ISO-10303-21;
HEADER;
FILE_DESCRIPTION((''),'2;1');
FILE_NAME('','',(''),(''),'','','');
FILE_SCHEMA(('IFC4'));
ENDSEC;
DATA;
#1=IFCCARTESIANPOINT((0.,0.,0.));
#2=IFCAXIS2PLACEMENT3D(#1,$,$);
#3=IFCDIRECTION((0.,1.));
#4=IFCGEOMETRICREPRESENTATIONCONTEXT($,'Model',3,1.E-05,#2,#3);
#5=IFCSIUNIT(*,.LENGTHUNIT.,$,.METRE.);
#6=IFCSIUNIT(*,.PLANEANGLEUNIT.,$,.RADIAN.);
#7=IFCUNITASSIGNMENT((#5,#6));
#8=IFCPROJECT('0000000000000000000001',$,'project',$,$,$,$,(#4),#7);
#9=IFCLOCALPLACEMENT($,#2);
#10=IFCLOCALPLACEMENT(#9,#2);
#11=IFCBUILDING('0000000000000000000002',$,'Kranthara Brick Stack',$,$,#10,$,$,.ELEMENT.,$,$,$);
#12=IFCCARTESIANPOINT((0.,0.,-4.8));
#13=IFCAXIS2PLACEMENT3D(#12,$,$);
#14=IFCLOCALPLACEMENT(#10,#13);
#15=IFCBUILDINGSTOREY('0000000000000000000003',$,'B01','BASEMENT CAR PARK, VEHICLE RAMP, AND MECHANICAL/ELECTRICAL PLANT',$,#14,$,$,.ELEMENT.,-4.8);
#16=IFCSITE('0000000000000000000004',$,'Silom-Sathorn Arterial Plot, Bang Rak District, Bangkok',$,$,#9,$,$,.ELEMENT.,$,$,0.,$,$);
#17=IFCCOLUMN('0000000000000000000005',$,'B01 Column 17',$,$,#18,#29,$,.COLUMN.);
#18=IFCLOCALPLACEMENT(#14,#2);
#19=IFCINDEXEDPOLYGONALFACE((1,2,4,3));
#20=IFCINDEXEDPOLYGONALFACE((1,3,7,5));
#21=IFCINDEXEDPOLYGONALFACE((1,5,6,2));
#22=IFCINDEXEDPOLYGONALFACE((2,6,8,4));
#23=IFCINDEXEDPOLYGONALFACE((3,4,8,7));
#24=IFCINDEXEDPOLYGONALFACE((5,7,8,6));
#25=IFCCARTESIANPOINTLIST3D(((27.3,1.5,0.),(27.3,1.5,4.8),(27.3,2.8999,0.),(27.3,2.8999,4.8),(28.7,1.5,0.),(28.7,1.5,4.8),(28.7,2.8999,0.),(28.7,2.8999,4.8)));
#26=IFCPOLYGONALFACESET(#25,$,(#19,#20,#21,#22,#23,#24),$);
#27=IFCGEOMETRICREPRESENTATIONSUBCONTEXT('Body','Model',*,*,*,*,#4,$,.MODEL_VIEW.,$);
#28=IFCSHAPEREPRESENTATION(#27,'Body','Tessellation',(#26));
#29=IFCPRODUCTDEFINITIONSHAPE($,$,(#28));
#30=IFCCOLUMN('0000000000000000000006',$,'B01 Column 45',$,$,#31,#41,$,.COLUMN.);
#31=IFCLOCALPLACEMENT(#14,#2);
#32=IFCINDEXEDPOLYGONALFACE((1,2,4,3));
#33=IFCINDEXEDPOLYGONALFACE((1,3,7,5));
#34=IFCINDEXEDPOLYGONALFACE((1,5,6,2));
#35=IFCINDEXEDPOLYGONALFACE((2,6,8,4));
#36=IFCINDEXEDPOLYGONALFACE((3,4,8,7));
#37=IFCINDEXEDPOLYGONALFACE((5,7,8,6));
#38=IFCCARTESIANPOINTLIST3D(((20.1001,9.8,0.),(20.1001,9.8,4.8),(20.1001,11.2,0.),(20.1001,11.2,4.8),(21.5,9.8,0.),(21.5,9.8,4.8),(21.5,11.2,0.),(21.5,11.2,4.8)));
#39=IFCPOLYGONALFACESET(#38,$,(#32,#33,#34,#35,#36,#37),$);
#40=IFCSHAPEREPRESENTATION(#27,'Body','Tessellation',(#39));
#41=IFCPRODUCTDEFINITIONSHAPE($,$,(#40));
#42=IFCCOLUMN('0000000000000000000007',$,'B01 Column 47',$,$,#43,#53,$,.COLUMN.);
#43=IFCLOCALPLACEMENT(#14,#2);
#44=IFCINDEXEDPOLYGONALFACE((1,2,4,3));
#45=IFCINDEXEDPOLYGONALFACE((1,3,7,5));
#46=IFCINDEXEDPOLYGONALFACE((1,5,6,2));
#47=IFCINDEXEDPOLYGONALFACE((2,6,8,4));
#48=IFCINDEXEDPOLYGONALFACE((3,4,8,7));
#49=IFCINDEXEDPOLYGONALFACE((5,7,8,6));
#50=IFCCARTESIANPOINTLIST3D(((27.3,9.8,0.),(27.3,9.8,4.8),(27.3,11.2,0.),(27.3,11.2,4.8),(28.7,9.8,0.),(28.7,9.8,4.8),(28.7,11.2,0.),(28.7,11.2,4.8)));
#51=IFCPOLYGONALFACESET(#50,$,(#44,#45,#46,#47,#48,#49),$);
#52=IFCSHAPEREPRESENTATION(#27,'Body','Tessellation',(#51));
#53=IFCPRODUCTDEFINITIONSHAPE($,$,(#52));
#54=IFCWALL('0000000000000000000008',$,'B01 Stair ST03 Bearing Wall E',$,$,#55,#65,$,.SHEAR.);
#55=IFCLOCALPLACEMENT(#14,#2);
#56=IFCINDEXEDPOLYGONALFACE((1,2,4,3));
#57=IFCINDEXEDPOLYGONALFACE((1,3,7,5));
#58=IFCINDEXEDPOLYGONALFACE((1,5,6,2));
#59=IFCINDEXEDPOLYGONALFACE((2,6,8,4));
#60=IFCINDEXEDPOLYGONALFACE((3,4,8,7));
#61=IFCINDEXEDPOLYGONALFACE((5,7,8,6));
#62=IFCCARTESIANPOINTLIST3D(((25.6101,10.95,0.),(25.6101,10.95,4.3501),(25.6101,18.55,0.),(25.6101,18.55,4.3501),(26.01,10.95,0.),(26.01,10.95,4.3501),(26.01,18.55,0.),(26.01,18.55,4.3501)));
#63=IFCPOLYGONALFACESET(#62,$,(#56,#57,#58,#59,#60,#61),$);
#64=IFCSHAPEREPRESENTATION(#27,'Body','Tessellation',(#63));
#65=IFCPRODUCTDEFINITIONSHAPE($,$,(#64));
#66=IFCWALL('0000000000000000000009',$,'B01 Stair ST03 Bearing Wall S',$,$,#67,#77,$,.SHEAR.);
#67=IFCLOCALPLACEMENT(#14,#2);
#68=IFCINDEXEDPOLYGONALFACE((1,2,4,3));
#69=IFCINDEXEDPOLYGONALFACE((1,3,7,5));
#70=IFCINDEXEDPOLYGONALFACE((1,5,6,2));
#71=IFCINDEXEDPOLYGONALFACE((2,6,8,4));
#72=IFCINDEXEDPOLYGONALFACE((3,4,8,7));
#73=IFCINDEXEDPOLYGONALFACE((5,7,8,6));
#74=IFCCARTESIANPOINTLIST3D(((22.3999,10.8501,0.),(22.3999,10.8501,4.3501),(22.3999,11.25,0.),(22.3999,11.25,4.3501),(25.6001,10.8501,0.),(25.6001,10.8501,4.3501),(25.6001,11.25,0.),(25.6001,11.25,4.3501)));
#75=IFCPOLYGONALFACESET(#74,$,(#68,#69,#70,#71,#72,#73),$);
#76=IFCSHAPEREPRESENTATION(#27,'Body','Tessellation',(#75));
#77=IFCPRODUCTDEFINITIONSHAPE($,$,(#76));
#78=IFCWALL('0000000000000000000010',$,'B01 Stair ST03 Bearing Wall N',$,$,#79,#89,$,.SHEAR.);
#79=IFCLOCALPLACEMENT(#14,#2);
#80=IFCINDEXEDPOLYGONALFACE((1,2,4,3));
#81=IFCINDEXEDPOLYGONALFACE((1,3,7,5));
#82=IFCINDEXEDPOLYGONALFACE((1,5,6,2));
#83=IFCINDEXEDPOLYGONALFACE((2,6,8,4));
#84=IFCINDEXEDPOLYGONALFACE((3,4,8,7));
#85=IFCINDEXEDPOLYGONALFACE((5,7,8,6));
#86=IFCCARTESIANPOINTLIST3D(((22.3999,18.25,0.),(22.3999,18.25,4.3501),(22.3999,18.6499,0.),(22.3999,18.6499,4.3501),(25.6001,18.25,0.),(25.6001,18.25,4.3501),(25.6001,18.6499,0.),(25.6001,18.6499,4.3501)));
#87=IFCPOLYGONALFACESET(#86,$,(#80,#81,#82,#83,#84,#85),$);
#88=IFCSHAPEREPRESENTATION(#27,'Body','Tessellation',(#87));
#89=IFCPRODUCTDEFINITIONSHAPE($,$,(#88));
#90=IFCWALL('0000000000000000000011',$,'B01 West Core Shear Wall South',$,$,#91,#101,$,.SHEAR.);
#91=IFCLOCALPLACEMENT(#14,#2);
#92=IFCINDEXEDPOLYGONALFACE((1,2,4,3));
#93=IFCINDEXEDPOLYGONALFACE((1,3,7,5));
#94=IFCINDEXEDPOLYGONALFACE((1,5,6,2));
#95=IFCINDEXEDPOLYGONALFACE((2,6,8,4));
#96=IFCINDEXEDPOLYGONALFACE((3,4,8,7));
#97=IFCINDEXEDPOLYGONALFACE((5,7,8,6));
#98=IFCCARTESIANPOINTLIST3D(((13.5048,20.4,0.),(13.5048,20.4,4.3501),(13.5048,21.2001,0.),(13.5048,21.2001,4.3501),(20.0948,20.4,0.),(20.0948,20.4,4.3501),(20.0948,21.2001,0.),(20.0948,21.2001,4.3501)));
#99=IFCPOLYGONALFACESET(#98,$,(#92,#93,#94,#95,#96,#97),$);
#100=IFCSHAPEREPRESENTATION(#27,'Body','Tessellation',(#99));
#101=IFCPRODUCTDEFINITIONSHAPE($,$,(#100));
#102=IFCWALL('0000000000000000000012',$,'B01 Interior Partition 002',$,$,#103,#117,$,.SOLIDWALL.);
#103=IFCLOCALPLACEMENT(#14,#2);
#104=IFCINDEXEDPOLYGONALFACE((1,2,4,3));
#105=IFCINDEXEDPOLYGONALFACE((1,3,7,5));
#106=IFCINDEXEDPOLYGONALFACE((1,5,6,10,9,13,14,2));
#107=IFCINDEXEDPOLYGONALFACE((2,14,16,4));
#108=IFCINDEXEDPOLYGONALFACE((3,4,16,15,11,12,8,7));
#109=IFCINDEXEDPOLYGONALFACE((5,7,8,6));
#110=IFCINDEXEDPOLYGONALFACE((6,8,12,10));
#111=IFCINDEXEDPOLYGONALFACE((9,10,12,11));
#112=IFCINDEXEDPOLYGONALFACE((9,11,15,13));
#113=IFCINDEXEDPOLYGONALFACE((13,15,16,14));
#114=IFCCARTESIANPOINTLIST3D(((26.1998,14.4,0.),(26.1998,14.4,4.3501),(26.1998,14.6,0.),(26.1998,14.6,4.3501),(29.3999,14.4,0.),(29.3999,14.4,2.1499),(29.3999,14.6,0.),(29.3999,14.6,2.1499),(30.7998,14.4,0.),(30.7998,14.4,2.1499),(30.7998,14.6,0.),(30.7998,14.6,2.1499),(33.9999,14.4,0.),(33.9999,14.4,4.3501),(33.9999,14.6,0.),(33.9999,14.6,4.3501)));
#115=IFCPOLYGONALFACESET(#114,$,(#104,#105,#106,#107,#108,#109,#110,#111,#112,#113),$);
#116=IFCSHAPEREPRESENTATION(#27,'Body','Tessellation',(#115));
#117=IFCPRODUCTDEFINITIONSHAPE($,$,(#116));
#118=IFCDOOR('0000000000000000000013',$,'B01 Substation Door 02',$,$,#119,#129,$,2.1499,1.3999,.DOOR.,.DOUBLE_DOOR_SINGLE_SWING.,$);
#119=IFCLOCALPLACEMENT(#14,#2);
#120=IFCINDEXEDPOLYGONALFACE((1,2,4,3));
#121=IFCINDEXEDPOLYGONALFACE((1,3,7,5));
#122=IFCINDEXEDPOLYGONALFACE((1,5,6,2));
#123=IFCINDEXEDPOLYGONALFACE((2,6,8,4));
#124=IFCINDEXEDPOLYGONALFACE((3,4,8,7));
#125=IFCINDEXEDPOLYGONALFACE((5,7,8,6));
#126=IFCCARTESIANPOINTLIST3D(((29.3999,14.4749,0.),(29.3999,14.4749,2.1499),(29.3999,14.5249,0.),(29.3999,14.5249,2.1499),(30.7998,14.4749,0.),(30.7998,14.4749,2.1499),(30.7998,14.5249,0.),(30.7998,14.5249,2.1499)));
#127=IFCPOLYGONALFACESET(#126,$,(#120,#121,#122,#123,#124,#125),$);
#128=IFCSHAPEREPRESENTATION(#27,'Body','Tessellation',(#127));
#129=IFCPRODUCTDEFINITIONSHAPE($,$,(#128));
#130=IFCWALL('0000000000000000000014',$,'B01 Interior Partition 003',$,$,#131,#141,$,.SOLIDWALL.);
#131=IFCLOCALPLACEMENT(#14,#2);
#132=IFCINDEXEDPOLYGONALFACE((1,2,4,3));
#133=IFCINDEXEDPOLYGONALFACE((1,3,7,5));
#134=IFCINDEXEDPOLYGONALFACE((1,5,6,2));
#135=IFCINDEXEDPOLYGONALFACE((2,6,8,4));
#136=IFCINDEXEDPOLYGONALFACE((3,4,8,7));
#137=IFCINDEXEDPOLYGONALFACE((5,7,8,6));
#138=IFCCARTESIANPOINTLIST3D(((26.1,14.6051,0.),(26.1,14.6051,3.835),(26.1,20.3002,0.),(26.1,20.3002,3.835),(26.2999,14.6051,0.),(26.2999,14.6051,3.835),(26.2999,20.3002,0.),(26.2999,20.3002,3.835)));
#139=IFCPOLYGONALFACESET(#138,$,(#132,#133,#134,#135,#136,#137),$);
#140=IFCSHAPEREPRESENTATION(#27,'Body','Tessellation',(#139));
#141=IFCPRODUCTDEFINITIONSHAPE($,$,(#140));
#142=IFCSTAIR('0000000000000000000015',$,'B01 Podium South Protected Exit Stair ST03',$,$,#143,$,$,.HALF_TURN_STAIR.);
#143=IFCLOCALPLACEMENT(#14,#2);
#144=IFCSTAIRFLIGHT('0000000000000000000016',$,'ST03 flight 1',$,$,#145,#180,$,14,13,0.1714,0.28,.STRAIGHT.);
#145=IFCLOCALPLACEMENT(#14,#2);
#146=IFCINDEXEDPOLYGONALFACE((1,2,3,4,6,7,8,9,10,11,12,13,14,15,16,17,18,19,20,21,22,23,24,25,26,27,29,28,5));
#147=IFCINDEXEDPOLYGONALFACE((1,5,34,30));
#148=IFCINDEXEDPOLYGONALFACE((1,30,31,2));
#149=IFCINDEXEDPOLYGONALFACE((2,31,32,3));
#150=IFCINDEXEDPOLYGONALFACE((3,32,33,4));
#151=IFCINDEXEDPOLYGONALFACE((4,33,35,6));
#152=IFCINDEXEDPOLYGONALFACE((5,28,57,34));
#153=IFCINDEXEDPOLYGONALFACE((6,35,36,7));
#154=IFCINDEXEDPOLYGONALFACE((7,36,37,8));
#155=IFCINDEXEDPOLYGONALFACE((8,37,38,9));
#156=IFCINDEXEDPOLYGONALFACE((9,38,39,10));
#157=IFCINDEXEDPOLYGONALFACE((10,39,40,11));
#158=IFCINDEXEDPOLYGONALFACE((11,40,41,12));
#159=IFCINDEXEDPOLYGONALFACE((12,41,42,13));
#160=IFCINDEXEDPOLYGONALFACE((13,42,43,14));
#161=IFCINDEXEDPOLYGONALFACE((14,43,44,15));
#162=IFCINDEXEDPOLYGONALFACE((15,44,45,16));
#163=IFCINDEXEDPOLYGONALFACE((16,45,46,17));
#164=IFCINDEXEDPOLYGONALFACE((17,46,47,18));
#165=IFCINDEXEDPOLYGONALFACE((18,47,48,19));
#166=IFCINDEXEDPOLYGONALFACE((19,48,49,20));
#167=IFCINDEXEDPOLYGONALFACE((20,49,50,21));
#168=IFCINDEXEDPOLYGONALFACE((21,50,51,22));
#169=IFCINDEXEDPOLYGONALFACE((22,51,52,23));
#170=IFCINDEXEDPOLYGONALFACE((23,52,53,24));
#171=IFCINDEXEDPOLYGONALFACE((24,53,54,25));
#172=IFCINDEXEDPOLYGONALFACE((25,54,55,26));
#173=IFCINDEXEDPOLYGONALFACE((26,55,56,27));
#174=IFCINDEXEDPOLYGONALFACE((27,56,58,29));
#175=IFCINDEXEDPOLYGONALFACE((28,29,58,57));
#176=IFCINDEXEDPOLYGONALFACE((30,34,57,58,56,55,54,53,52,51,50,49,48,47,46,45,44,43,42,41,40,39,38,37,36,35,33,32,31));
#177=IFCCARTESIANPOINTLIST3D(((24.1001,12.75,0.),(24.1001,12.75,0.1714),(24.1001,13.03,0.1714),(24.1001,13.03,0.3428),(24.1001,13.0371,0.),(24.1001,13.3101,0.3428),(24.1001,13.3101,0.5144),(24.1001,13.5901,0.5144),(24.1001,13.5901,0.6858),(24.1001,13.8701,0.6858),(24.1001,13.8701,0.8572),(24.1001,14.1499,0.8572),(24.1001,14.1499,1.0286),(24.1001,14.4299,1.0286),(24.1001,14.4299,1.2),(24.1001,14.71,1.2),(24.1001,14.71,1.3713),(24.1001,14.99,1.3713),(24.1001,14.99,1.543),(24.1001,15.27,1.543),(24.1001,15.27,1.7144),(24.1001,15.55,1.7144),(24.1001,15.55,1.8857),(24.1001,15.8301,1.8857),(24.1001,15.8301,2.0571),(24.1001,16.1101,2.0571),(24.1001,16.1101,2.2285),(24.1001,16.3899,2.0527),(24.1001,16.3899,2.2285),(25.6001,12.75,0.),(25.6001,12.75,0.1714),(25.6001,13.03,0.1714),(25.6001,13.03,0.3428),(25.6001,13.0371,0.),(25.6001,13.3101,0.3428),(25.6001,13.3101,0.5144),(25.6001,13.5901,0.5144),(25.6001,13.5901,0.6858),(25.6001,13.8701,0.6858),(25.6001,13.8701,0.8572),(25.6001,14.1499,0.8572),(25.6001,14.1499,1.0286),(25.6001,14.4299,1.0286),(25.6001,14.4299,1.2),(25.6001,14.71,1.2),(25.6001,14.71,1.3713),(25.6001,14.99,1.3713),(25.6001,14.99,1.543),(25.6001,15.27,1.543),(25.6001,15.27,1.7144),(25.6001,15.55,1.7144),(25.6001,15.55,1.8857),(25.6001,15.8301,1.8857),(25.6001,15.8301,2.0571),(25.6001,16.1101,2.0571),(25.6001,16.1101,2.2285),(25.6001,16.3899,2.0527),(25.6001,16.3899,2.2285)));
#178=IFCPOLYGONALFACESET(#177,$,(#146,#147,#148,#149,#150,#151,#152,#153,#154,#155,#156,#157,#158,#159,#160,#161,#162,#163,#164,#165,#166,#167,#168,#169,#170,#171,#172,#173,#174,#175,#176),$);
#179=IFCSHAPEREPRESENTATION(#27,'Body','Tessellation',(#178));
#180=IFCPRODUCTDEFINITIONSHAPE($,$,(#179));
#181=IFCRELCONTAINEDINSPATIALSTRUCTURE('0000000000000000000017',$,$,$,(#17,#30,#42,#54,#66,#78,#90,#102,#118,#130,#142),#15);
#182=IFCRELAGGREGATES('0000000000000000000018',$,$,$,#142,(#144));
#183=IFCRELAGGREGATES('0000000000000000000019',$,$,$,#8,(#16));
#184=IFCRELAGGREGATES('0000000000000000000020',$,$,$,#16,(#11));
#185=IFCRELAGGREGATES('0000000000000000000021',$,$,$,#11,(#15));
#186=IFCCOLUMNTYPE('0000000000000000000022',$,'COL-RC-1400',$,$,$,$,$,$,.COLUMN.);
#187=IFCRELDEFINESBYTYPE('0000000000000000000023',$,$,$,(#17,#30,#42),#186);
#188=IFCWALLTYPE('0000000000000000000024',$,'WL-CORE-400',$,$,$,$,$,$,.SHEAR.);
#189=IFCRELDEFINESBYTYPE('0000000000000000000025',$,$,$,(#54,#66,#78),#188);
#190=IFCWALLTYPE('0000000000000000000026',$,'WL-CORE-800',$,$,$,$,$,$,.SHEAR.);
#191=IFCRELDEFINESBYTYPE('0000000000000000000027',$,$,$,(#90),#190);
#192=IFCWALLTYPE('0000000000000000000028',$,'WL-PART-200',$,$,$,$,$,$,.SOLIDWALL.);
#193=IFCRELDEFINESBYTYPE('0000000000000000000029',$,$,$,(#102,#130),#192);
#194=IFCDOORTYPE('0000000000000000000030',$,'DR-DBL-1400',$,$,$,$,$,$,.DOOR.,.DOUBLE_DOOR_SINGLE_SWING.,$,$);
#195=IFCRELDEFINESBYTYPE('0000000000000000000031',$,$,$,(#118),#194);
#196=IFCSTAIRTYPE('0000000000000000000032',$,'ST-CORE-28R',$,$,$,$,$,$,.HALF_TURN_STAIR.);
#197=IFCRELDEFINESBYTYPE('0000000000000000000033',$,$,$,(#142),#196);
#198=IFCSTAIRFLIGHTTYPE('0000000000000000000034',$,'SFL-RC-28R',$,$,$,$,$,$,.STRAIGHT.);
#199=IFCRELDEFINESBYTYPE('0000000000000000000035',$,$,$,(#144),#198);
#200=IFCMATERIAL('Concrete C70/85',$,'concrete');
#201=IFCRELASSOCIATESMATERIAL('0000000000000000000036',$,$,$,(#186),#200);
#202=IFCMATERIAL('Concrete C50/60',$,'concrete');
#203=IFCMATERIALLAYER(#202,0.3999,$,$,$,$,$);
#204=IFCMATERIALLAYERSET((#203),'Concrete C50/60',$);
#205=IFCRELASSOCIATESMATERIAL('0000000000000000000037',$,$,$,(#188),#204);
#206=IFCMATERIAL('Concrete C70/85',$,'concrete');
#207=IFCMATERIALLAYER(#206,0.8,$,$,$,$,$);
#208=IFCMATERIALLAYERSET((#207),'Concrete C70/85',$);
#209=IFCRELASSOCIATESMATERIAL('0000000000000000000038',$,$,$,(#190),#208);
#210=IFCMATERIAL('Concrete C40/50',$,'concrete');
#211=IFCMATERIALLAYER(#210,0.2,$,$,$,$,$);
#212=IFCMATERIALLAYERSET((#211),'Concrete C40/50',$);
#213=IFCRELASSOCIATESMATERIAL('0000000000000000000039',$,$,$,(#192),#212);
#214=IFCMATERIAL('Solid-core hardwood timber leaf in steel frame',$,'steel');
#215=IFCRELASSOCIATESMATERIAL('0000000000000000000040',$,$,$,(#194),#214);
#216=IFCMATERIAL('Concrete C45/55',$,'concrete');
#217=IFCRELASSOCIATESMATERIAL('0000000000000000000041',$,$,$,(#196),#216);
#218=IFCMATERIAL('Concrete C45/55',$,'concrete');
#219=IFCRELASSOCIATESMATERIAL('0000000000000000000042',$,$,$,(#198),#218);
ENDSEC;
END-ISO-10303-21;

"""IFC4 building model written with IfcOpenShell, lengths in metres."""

from ifc_helpers import new_model, si_unit, direction, frame, frame_2d, origin, origin_2d, place, context, subcontext, project, spatial, polyline, rectangle, outline, extrude, material, layer, layer_set, material_profile, profile_set, type_object, element, fill, aggregate, save


model = new_model("IFC4")

# Units and contexts
model_context = context("Model", 3, precision=1e-05, world=origin(), true_north=direction((0.0, 1.0)))
body_context = subcontext(model_context, "Body", "Model", "MODEL_VIEW")
ifc_project = project(units=[si_unit("LENGTHUNIT", "METRE"), si_unit("PLANEANGLEUNIT", "RADIAN")], contexts=[model_context])

# Site, building, storey
site_placement = place(None, origin())
site = spatial("IfcSite", under=ifc_project, at=site_placement, Name="Silom-Sathorn Arterial Plot, Bang Rak District, Bangkok", CompositionType="ELEMENT", RefElevation=0.0)
building_placement = place(site_placement, origin())
building = spatial("IfcBuilding", under=site, at=building_placement, Name="Kranthara Brick Stack", CompositionType="ELEMENT")
storey_placement = place(building_placement, frame((0.0, 0.0, -4.8)))
storey = spatial("IfcBuildingStorey", under=building, at=storey_placement, Name="B01", Description="BASEMENT CAR PARK, VEHICLE RAMP, AND MECHANICAL/ELECTRICAL PLANT", CompositionType="ELEMENT", Elevation=-4.8)

# Columns
ifc_material_1 = material(Name="Concrete C70/85", Category="concrete")
ifc_material_profile_1 = material_profile(ifc_material_1, rectangle(XDim=1.3999, YDim=1.3999, at=origin_2d()), Name="RC 1400x1400")
ifc_profile_set_1 = profile_set([ifc_material_profile_1], Name="Concrete C70/85")
column_type_1 = type_object("IfcColumnType", Name="COL-RC-1400", PredefinedType="COLUMN", material=ifc_profile_set_1)
for number, where, z_axis, x_axis, name in (
    (1, (28.0, 2.2, 0.0), (0.0, 0.0, 1.0), (1.0, 0.0, 0.0), "B01 Column 17"),
    (2, (20.8, 10.5, 0.0), (0.0, 0.0, 1.0), (1.0, 0.0, 0.0), "B01 Column 45"),
    (3, (28.0, 10.5, 0.0), (0.0, 0.0, 1.0), (1.0, 0.0, 0.0), "B01 Column 47"),
):
    element("IfcColumn", number, at=place(storey_placement, frame(where, z_axis=z_axis, x_axis=x_axis)), inside=storey, type_object=column_type_1, Name=name, PredefinedType="COLUMN", context=body_context, shape_type="SweptSolid", body=[
        extrude(rectangle(XDim=1.3999, YDim=1.3999, at=origin_2d()), origin(), (0.0, 0.0, 1.0), 4.8),
    ])

# Shared definitions
ifc_material_2 = material(Name="Concrete C50/60", Category="concrete")
ifc_layer_1 = layer(ifc_material_2, 0.3999)
ifc_layer_set_1 = layer_set([ifc_layer_1], Name="Concrete C50/60")
wall_type_1 = type_object("IfcWallType", Name="WL-CORE-400", PredefinedType="SHEAR", material=ifc_layer_set_1)

# Walls
wall_1_placement = place(storey_placement, frame((25.8101, 10.95, 0.0), z_axis=(0.0, 0.0, 1.0), x_axis=(0.0, 1.0, 0.0)))
element("IfcWall", 4, at=wall_1_placement, inside=storey, type_object=wall_type_1, Name="B01 Stair ST03 Bearing Wall E", PredefinedType="SHEAR", context=body_context, shape_type="SweptSolid", body=[
    extrude(rectangle(XDim=7.6001, YDim=0.3999, at=frame_2d((3.8, 0.0))), origin(), (0.0, 0.0, 1.0), 4.3501),
])
for number, where, z_axis, x_axis, name in (
    (5, (22.3999, 11.05, 0.0), (0.0, 0.0, 1.0), (1.0, 0.0, 0.0), "B01 Stair ST03 Bearing Wall S"),
    (6, (22.3999, 18.45, 0.0), (0.0, 0.0, 1.0), (1.0, 0.0, 0.0), "B01 Stair ST03 Bearing Wall N"),
):
    element("IfcWall", number, at=place(storey_placement, frame(where, z_axis=z_axis, x_axis=x_axis)), inside=storey, type_object=wall_type_1, Name=name, PredefinedType="SHEAR", context=body_context, shape_type="SweptSolid", body=[
        extrude(rectangle(XDim=3.2002, YDim=0.3999, at=frame_2d((1.6001, 0.0))), origin(), (0.0, 0.0, 1.0), 4.3501),
    ])
ifc_material_3 = material(Name="Concrete C70/85", Category="concrete")
ifc_layer_2 = layer(ifc_material_3, 0.8)
ifc_layer_set_2 = layer_set([ifc_layer_2], Name="Concrete C70/85")
wall_type_2 = type_object("IfcWallType", Name="WL-CORE-800", PredefinedType="SHEAR", material=ifc_layer_set_2)
wall_2_placement = place(storey_placement, frame((13.5049, 20.8, 0.0), z_axis=(0.0, 0.0, 1.0), x_axis=(1.0, 0.0, 0.0)))
element("IfcWall", 7, at=wall_2_placement, inside=storey, type_object=wall_type_2, Name="B01 West Core Shear Wall South", PredefinedType="SHEAR", context=body_context, shape_type="SweptSolid", body=[
    extrude(rectangle(XDim=6.5901, YDim=0.8, at=frame_2d((3.2949, 0.0))), origin(), (0.0, 0.0, 1.0), 4.3501),
])

# Wall, opening, door
ifc_material_4 = material(Name="Concrete C40/50", Category="concrete")
ifc_layer_3 = layer(ifc_material_4, 0.2)
ifc_layer_set_3 = layer_set([ifc_layer_3], Name="Concrete C40/50")
wall_type_3 = type_object("IfcWallType", Name="WL-PART-200", PredefinedType="SOLIDWALL", material=ifc_layer_set_3)
wall_3_placement = place(storey_placement, frame((26.2, 14.5, 0.0), z_axis=(0.0, 0.0, 1.0), x_axis=(1.0, 0.0, 0.0)))
wall_3 = element("IfcWall", 8, at=wall_3_placement, inside=storey, type_object=wall_type_3, Name="B01 Interior Partition 002", PredefinedType="SOLIDWALL", context=body_context, shape_type="SweptSolid", body=[
    extrude(rectangle(XDim=7.8, YDim=0.2, at=frame_2d((3.8999, 0.0))), origin(), (0.0, 0.0, 1.0), 4.3501),
])
opening_1_placement = place(wall_3_placement, frame((3.2, 0.0, 0.0)))
opening_1 = element("IfcOpeningElement", 9, at=opening_1_placement, cuts=wall_3, PredefinedType="OPENING", context=body_context, shape_type="SweptSolid", body=[
    extrude(rectangle(XDim=1.3999, YDim=2.1499, at=frame_2d((0.7, 1.075))), frame((0.0, 0.1099, 0.0), z_axis=(0.0, -1.0, 0.0), x_axis=(1.0, 0.0, 0.0)), (0.0, 0.0, 1.0), 0.22),
])
ifc_material_5 = material(Name="Solid-core hardwood timber leaf in steel frame", Category="steel")
door_type_1 = type_object("IfcDoorType", Name="DR-DBL-1400", OperationType="DOUBLE_DOOR_SINGLE_SWING", PredefinedType="DOOR", material=ifc_material_5)
door_1_placement = place(opening_1_placement, origin())
door_1 = element("IfcDoor", 10, at=door_1_placement, inside=storey, type_object=door_type_1, Name="B01 Substation Door 02", OperationType="DOUBLE_DOOR_SINGLE_SWING", OverallHeight=2.1499, OverallWidth=1.3999, PredefinedType="DOOR", context=body_context, shape_type="SweptSolid", body=[
    extrude(rectangle(XDim=1.3999, YDim=2.1499, at=frame_2d((0.7, 1.075))), frame((0.0, 0.0249, 0.0), z_axis=(0.0, -1.0, 0.0), x_axis=(1.0, 0.0, 0.0)), (0.0, 0.0, 1.0), 0.05),
])
fill(opening_1, door_1)

# Wall
wall_4_placement = place(storey_placement, frame((26.2, 14.605, 0.0), z_axis=(0.0, 0.0, 1.0), x_axis=(0.0, 1.0, 0.0)))
element("IfcWall", 11, at=wall_4_placement, inside=storey, type_object=wall_type_3, Name="B01 Interior Partition 003", PredefinedType="SOLIDWALL", context=body_context, shape_type="SweptSolid", body=[
    extrude(rectangle(XDim=5.6951, YDim=0.2, at=frame_2d((2.8477, 0.0))), origin(), (0.0, 0.0, 1.0), 3.835),
])

# Stair, stair flight
ifc_material_6 = material(Name="Concrete C45/55", Category="concrete")
stair_type = type_object("IfcStairType", Name="ST-CORE-28R", PredefinedType="HALF_TURN_STAIR", material=ifc_material_6)
stair_placement = place(storey_placement, origin())
stair = element("IfcStair", 12, at=stair_placement, inside=storey, type_object=stair_type, Name="B01 Podium South Protected Exit Stair ST03", PredefinedType="HALF_TURN_STAIR")
ifc_material_7 = material(Name="Concrete C45/55", Category="concrete")
stair_flight_type = type_object("IfcStairFlightType", Name="SFL-RC-28R", PredefinedType="STRAIGHT", material=ifc_material_7)
stair_flight_1_placement = place(storey_placement, frame((24.8501, 12.75, 0.0), z_axis=(0.0, 0.0, 1.0), x_axis=(0.0, 1.0, 0.0)))
stair_flight_1 = element("IfcStairFlight", 13, at=stair_flight_1_placement, type_object=stair_flight_type, Name="ST03 flight 1", NumberOfRisers=14, NumberOfTreads=13, PredefinedType="STRAIGHT", RiserHeight=0.1714, TreadLength=0.28, context=body_context, shape_type="SweptSolid", body=[
    extrude(outline(polyline([(0.0, 0.0), (0.0, 0.1714), (0.28, 0.1714), (0.28, 0.3428), (0.5601, 0.3428), (0.5601, 0.5144), (0.8401, 0.5144), (0.8401, 0.6858), (1.1201, 0.6858), (1.1201, 0.8572), (1.3999, 0.8572), (1.3999, 1.0286), (1.6799, 1.0286), (1.6799, 1.2), (1.96, 1.2), (1.96, 1.3713), (2.24, 1.3713), (2.24, 1.543), (2.52, 1.543), (2.52, 1.7144), (2.8, 1.7144), (2.8, 1.8857), (3.0801, 1.8857), (3.0801, 2.0571), (3.3601, 2.0571), (3.3601, 2.2285), (3.6399, 2.2285), (3.6399, 2.3999), (3.6399, 2.0527), (0.2871, 0.0), (0.0, 0.0)])), frame((0.0, 0.75, 0.0), z_axis=(0.0, -1.0, 0.0), x_axis=(1.0, 0.0, 0.0)), (0.0, 0.0, 1.0), 1.5),
])
aggregate(stair, [stair_flight_1])

save(model, "model.ifc")
